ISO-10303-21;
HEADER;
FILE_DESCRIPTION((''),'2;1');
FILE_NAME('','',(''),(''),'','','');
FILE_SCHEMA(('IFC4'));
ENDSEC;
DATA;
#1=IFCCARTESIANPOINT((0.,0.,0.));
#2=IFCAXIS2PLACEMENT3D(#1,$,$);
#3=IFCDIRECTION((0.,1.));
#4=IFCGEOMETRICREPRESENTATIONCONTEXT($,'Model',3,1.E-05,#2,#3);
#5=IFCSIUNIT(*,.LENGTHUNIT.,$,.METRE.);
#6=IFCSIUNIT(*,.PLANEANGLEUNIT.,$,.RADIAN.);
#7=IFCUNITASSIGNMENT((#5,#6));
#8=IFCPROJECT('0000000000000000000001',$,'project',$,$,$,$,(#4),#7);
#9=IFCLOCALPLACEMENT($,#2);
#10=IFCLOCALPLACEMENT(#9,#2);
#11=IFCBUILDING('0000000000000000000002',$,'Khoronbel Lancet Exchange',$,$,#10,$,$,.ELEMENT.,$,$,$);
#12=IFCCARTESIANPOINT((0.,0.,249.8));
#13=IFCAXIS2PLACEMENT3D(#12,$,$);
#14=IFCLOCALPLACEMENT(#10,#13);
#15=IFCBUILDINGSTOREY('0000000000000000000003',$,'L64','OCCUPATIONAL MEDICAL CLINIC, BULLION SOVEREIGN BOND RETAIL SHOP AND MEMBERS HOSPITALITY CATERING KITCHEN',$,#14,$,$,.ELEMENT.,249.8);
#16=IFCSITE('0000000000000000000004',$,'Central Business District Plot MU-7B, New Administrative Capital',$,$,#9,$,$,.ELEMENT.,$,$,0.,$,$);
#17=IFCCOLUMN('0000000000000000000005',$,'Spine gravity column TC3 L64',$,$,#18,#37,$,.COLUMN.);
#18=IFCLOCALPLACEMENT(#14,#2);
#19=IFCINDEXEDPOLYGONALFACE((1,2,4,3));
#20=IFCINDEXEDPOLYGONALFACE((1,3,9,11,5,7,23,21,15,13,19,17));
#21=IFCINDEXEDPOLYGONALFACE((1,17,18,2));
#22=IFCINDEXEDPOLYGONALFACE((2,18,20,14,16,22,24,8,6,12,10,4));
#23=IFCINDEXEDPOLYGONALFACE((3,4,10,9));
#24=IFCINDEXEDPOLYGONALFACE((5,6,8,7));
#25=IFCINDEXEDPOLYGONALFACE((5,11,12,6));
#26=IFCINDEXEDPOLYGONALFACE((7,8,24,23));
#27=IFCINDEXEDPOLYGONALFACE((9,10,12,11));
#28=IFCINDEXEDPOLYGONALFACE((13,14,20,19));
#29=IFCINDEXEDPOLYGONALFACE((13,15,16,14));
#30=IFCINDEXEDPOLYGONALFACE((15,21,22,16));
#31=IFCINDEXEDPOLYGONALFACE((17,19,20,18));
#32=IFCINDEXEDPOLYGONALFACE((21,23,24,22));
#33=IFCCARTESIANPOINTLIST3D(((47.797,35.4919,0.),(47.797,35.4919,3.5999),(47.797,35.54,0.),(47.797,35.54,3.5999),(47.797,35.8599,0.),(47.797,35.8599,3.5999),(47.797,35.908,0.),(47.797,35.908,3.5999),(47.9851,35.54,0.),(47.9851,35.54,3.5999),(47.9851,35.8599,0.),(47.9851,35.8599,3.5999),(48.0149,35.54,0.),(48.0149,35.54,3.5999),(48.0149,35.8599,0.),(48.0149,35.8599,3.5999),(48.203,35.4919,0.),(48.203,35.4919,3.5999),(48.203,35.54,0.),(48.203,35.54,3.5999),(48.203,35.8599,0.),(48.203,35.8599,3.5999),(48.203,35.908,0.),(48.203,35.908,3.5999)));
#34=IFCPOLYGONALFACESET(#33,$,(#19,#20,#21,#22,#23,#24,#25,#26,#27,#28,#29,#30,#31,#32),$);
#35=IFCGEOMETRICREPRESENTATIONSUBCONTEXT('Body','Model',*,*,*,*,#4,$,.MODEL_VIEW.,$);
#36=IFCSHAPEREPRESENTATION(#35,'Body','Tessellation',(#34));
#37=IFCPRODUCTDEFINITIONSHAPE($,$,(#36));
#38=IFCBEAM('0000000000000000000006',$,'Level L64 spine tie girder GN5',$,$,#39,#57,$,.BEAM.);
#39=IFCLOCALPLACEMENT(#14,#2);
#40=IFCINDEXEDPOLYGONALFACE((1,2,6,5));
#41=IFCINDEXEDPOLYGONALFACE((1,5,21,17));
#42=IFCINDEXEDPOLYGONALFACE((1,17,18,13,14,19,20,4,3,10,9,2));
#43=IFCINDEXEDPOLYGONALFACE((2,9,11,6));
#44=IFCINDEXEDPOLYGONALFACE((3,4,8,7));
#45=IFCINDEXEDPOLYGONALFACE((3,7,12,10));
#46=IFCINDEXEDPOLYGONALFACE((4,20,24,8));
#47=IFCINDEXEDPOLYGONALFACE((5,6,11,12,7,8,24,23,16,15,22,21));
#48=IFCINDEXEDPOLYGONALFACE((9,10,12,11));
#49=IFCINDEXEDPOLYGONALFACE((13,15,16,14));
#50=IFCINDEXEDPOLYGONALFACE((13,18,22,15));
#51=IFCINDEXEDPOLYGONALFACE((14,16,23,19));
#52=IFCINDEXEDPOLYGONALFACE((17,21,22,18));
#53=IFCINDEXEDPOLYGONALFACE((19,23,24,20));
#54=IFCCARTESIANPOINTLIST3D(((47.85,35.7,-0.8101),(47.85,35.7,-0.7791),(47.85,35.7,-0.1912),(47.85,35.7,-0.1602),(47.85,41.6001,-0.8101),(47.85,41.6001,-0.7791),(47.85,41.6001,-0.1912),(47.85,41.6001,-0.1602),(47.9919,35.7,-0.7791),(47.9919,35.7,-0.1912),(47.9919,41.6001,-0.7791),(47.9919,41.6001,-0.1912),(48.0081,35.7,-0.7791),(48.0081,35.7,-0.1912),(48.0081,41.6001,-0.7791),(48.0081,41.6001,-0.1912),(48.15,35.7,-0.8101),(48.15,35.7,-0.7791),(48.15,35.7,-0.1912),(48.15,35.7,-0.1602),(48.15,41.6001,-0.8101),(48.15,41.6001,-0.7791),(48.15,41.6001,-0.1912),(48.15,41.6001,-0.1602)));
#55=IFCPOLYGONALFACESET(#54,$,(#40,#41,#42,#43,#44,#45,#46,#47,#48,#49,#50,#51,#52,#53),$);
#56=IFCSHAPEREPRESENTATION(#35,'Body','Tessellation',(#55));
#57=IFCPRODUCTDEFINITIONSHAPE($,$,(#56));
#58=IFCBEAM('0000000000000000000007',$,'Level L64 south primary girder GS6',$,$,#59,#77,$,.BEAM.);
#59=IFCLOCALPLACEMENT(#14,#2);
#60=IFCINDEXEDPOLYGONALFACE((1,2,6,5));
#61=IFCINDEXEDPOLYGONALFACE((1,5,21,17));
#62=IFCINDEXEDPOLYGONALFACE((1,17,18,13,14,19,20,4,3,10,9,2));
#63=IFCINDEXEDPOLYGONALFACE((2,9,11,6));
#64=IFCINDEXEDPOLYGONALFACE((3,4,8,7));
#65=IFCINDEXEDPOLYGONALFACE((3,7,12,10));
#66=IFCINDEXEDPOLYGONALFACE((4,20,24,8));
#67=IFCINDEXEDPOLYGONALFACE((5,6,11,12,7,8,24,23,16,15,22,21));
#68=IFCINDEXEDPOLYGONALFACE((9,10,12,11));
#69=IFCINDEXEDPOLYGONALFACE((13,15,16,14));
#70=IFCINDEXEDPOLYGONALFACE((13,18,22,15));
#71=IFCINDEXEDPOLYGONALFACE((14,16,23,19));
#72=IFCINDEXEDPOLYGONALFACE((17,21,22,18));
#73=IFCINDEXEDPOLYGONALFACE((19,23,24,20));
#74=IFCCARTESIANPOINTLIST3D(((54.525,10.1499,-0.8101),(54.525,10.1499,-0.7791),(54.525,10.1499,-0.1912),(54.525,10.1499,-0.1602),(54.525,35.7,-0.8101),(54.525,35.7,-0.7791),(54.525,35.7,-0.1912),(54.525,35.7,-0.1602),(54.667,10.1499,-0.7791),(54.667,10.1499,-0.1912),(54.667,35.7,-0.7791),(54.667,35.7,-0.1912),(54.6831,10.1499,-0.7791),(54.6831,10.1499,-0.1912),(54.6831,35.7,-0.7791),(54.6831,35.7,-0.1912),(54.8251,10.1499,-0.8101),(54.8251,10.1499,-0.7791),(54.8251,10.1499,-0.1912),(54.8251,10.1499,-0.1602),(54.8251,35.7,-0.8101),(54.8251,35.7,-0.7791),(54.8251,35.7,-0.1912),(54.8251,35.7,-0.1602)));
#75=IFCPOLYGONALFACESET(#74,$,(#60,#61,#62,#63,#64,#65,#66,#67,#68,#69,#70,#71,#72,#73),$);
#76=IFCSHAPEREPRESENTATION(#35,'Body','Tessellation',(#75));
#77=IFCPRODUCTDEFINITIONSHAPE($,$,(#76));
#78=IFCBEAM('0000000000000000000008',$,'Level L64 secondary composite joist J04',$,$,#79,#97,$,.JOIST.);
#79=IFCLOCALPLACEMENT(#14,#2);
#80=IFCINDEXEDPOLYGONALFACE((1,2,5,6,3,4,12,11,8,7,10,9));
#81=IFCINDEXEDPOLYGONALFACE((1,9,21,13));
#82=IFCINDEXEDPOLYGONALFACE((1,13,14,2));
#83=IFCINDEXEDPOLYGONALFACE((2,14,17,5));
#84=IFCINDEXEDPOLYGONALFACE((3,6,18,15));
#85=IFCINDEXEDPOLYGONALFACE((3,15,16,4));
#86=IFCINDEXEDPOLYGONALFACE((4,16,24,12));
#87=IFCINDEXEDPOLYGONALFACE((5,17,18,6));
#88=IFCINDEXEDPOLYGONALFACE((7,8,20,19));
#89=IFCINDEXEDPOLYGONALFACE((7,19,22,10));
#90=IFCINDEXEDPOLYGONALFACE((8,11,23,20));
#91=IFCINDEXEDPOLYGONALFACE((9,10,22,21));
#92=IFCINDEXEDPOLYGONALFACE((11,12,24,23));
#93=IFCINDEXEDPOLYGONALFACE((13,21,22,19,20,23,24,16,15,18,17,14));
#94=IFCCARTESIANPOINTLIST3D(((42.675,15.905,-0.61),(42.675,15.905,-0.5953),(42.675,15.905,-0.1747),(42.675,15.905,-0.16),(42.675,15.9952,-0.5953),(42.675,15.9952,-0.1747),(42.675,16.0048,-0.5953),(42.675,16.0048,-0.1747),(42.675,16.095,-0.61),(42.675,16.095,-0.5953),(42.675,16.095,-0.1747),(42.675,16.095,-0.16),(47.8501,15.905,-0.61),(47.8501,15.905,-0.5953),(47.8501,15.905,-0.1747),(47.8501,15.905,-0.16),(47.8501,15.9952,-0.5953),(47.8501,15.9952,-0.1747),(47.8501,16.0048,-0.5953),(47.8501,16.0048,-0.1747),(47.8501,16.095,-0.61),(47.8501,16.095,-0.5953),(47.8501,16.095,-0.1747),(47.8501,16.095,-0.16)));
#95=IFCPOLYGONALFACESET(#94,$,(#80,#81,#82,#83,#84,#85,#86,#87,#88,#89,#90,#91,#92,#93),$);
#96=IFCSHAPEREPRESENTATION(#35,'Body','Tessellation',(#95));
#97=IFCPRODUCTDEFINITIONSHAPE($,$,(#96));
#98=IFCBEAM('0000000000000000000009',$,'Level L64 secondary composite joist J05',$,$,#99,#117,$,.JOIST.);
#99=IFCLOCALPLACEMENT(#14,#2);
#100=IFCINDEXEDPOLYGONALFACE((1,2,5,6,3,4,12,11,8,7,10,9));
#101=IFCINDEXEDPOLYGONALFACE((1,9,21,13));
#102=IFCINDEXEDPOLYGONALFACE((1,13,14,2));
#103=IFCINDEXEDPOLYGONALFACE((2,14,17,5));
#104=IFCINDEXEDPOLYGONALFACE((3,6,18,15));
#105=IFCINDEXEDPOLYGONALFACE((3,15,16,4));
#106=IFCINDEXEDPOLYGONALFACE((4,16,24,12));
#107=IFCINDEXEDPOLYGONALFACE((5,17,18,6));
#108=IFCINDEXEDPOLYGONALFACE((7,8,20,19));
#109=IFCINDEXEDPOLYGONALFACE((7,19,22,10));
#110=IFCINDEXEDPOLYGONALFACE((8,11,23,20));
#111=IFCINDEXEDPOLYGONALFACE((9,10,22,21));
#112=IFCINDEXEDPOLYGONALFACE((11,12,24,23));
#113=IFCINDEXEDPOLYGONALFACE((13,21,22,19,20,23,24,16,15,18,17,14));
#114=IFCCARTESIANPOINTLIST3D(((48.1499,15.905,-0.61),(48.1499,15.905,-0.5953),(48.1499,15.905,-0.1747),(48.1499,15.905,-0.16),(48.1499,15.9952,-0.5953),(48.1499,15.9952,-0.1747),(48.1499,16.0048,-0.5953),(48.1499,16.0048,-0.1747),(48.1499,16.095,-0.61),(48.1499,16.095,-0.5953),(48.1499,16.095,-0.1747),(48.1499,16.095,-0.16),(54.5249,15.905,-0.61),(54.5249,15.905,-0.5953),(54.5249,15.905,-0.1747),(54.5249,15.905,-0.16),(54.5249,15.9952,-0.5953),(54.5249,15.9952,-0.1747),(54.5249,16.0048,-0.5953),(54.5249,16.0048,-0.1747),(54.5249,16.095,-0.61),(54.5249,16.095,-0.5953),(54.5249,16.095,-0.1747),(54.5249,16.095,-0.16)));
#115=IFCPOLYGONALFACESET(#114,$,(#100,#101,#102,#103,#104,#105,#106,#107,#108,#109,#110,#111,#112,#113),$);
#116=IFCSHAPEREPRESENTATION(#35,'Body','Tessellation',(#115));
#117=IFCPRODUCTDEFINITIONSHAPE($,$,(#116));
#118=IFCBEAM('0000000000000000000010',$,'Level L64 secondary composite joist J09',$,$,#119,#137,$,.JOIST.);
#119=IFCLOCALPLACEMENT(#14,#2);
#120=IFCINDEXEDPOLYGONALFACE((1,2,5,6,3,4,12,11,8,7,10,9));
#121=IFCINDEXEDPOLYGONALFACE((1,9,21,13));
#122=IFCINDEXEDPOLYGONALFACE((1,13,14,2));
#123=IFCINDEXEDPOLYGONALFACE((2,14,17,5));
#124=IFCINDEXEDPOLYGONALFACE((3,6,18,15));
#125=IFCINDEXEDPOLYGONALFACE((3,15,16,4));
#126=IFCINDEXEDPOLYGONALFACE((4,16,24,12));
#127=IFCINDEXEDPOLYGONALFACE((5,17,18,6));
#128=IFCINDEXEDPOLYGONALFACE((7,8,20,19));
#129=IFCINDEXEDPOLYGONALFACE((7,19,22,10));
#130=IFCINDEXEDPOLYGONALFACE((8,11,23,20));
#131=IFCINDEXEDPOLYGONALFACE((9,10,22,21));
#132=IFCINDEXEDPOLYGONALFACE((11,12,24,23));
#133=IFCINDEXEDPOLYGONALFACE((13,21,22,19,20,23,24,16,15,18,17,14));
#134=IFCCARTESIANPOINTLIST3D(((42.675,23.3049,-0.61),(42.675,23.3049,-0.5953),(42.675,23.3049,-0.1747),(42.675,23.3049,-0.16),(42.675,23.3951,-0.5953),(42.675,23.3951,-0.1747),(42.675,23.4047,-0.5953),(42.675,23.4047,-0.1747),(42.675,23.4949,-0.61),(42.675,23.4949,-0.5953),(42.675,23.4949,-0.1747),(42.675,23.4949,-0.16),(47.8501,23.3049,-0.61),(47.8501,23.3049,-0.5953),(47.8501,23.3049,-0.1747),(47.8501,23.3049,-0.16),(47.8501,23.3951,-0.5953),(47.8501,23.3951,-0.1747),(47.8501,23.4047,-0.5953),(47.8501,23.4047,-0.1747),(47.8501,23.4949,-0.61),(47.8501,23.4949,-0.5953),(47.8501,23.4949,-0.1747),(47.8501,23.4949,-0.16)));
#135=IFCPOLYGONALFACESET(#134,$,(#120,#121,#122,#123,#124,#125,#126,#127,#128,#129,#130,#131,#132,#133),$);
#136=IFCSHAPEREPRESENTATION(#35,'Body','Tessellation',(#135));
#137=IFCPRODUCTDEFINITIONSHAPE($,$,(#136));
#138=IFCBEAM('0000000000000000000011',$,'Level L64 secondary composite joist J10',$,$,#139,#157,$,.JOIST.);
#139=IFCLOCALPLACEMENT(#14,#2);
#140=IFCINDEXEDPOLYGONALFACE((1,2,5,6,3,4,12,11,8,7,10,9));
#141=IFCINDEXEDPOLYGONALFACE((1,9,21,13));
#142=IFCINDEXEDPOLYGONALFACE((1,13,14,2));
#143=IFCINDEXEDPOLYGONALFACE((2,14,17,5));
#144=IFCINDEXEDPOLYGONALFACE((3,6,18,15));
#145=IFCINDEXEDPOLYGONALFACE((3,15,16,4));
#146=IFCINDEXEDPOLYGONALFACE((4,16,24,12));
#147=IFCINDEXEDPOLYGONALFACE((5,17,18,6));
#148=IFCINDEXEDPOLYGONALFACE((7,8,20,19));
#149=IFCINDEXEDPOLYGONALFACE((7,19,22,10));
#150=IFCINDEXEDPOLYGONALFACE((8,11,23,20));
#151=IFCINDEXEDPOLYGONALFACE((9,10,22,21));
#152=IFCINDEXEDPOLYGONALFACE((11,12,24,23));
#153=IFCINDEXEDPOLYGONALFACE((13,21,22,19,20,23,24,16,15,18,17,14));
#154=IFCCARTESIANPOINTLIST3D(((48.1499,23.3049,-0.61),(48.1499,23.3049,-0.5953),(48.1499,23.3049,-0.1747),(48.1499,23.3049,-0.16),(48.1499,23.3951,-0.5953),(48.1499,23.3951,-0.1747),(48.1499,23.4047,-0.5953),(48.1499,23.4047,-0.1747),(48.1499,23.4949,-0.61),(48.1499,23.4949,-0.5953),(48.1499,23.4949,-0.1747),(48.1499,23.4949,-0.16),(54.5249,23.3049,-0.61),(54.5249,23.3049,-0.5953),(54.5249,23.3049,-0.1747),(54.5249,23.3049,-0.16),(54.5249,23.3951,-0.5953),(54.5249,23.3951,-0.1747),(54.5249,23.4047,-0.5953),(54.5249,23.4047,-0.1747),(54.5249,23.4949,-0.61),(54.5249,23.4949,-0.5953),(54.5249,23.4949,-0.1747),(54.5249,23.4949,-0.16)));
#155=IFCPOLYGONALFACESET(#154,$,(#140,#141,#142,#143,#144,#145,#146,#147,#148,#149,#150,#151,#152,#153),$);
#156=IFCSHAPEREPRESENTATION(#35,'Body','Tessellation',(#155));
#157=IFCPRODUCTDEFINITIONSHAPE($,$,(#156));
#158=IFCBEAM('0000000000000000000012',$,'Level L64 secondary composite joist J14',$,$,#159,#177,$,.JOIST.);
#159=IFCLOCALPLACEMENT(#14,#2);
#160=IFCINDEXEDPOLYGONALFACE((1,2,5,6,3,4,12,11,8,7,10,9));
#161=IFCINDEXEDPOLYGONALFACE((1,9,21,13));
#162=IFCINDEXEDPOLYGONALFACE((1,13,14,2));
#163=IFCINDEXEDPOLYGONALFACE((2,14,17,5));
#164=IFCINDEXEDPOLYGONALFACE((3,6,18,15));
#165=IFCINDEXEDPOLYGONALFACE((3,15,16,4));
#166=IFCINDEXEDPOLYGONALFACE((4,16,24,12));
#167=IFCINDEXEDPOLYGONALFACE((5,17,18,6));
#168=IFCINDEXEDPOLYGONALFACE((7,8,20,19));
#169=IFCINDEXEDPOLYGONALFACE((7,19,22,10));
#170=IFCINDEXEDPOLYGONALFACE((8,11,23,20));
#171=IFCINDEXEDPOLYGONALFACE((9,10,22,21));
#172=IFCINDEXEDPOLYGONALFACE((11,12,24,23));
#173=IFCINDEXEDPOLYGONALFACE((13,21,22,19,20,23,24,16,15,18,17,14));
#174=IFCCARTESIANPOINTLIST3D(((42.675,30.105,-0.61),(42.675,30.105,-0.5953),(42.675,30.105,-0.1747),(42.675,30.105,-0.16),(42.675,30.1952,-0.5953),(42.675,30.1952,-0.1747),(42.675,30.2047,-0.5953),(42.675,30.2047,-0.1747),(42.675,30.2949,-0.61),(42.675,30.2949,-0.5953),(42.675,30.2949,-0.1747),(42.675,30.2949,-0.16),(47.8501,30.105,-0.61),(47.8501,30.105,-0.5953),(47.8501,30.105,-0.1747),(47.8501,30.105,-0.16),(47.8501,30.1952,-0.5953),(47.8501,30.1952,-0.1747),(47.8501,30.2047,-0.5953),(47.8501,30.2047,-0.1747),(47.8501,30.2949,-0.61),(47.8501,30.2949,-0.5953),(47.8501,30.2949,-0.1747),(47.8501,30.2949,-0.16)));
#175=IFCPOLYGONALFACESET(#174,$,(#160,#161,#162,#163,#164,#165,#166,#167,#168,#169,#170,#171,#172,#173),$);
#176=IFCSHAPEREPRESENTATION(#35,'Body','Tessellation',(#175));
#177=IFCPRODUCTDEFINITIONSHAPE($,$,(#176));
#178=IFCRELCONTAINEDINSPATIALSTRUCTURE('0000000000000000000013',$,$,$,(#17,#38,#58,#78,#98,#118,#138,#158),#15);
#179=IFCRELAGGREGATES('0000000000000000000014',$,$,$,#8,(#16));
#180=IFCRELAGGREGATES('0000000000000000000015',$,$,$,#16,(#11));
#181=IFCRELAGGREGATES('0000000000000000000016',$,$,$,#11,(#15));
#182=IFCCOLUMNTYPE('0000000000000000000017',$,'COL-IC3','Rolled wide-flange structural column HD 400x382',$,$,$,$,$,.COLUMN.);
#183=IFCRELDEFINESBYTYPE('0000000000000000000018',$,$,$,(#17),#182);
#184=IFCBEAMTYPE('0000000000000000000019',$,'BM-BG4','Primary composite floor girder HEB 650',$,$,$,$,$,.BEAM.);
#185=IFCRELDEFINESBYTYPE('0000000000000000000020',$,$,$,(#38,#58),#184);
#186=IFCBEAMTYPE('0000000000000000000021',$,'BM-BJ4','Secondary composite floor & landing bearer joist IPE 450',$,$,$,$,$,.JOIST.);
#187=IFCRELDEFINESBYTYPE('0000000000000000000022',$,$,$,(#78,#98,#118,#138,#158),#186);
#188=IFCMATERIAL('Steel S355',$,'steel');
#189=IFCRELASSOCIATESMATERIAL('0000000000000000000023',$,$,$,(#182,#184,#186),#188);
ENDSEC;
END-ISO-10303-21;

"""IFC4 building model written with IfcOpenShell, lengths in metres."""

from ifc_helpers import new_model, si_unit, direction, frame, origin, origin_2d, place, context, subcontext, project, spatial, i_section, extrude, material, material_profile, profile_set, type_object, element, save


model = new_model("IFC4")

# Units and contexts
model_context = context("Model", 3, precision=1e-05, world=origin(), true_north=direction((0.0, 1.0)))
body_context = subcontext(model_context, "Body", "Model", "MODEL_VIEW")
ifc_project = project(units=[si_unit("LENGTHUNIT", "METRE"), si_unit("PLANEANGLEUNIT", "RADIAN")], contexts=[model_context])

# Site, building, storey
site_placement = place(None, origin())
site = spatial("IfcSite", under=ifc_project, at=site_placement, Name="Central Business District Plot MU-7B, New Administrative Capital", CompositionType="ELEMENT", RefElevation=0.0)
building_placement = place(site_placement, origin())
building = spatial("IfcBuilding", under=site, at=building_placement, Name="Khoronbel Lancet Exchange", CompositionType="ELEMENT")
storey_placement = place(building_placement, frame((0.0, 0.0, 249.8)))
storey = spatial("IfcBuildingStorey", under=building, at=storey_placement, Name="L64", Description="OCCUPATIONAL MEDICAL CLINIC, BULLION SOVEREIGN BOND RETAIL SHOP AND MEMBERS HOSPITALITY CATERING KITCHEN", CompositionType="ELEMENT", Elevation=249.8)

# Column
ifc_material_1 = material(Name="Steel S355", Category="steel")
ifc_material_profile_1 = material_profile(ifc_material_1, i_section(OverallWidth=0.406, OverallDepth=0.416, WebThickness=0.0298, FlangeThickness=0.0481, at=origin_2d()), Name="HD 400x382")
ifc_profile_set_1 = profile_set([ifc_material_profile_1], Name="Steel S355")
column_type = type_object("IfcColumnType", Name="COL-IC3", Description="Rolled wide-flange structural column HD 400x382", PredefinedType="COLUMN", material=ifc_profile_set_1)
column_placement = place(storey_placement, frame((48.0, 35.7, 0.0), z_axis=(0.0, 0.0, 1.0), x_axis=(1.0, 0.0, 0.0)))
element("IfcColumn", 1, at=column_placement, inside=storey, type_object=column_type, Name="Spine gravity column TC3 L64", PredefinedType="COLUMN", context=body_context, shape_type="SweptSolid", body=[
    extrude(i_section(OverallWidth=0.406, OverallDepth=0.416, WebThickness=0.0298, FlangeThickness=0.0481, at=origin_2d()), origin(), (0.0, 0.0, 1.0), 3.5999),
])

# Beams
ifc_material_profile_2 = material_profile(ifc_material_1, i_section(OverallWidth=0.3, OverallDepth=0.6499, WebThickness=0.0161, FlangeThickness=0.031, at=origin_2d()), Name="HEB 650")
ifc_profile_set_2 = profile_set([ifc_material_profile_2], Name="Steel S355")
beam_type_1 = type_object("IfcBeamType", Name="BM-BG4", Description="Primary composite floor girder HEB 650", PredefinedType="BEAM", material=ifc_profile_set_2)
beam_1_placement = place(storey_placement, frame((48.0, 35.7, -0.4851), z_axis=(0.0, 1.0, 0.0), x_axis=(-1.0, 0.0, 0.0)))
element("IfcBeam", 2, at=beam_1_placement, inside=storey, type_object=beam_type_1, Name="Level L64 spine tie girder GN5", PredefinedType="BEAM", context=body_context, shape_type="SweptSolid", body=[
    extrude(i_section(OverallWidth=0.3, OverallDepth=0.6499, WebThickness=0.0161, FlangeThickness=0.031, at=origin_2d()), origin(), (0.0, 0.0, 1.0), 5.9001),
])
beam_2_placement = place(storey_placement, frame((54.675, 10.1499, -0.4851), z_axis=(0.0, 1.0, 0.0), x_axis=(-1.0, 0.0, 0.0)))
element("IfcBeam", 3, at=beam_2_placement, inside=storey, type_object=beam_type_1, Name="Level L64 south primary girder GS6", PredefinedType="BEAM", context=body_context, shape_type="SweptSolid", body=[
    extrude(i_section(OverallWidth=0.3, OverallDepth=0.6499, WebThickness=0.0161, FlangeThickness=0.031, at=origin_2d()), origin(), (0.0, 0.0, 1.0), 25.55),
])
ifc_material_profile_3 = material_profile(ifc_material_1, i_section(OverallWidth=0.1899, OverallDepth=0.45, WebThickness=0.0095, FlangeThickness=0.0146, at=origin_2d()), Name="IPE 450")
ifc_profile_set_3 = profile_set([ifc_material_profile_3], Name="Steel S355")
beam_type_2 = type_object("IfcBeamType", Name="BM-BJ4", Description="Secondary composite floor & landing bearer joist IPE 450", PredefinedType="JOIST", material=ifc_profile_set_3)
beam_3_placement = place(storey_placement, frame((42.675, 16.0, -0.385), z_axis=(1.0, 0.0, 0.0), x_axis=(0.0, 1.0, 0.0)))
element("IfcBeam", 4, at=beam_3_placement, inside=storey, type_object=beam_type_2, Name="Level L64 secondary composite joist J04", PredefinedType="JOIST", context=body_context, shape_type="SweptSolid", body=[
    extrude(i_section(OverallWidth=0.1899, OverallDepth=0.45, WebThickness=0.0095, FlangeThickness=0.0146, at=origin_2d()), origin(), (0.0, 0.0, 1.0), 5.175),
])
beam_4_placement = place(storey_placement, frame((48.1499, 16.0, -0.385), z_axis=(1.0, 0.0, 0.0), x_axis=(0.0, 1.0, 0.0)))
element("IfcBeam", 5, at=beam_4_placement, inside=storey, type_object=beam_type_2, Name="Level L64 secondary composite joist J05", PredefinedType="JOIST", context=body_context, shape_type="SweptSolid", body=[
    extrude(i_section(OverallWidth=0.1899, OverallDepth=0.45, WebThickness=0.0095, FlangeThickness=0.0146, at=origin_2d()), origin(), (0.0, 0.0, 1.0), 6.375),
])
beam_5_placement = place(storey_placement, frame((42.675, 23.3999, -0.385), z_axis=(1.0, 0.0, 0.0), x_axis=(0.0, 1.0, 0.0)))
element("IfcBeam", 6, at=beam_5_placement, inside=storey, type_object=beam_type_2, Name="Level L64 secondary composite joist J09", PredefinedType="JOIST", context=body_context, shape_type="SweptSolid", body=[
    extrude(i_section(OverallWidth=0.1899, OverallDepth=0.45, WebThickness=0.0095, FlangeThickness=0.0146, at=origin_2d()), origin(), (0.0, 0.0, 1.0), 5.175),
])
beam_6_placement = place(storey_placement, frame((48.1499, 23.3999, -0.385), z_axis=(1.0, 0.0, 0.0), x_axis=(0.0, 1.0, 0.0)))
element("IfcBeam", 7, at=beam_6_placement, inside=storey, type_object=beam_type_2, Name="Level L64 secondary composite joist J10", PredefinedType="JOIST", context=body_context, shape_type="SweptSolid", body=[
    extrude(i_section(OverallWidth=0.1899, OverallDepth=0.45, WebThickness=0.0095, FlangeThickness=0.0146, at=origin_2d()), origin(), (0.0, 0.0, 1.0), 6.375),
])
beam_7_placement = place(storey_placement, frame((42.675, 30.2, -0.385), z_axis=(1.0, 0.0, 0.0), x_axis=(0.0, 1.0, 0.0)))
element("IfcBeam", 8, at=beam_7_placement, inside=storey, type_object=beam_type_2, Name="Level L64 secondary composite joist J14", PredefinedType="JOIST", context=body_context, shape_type="SweptSolid", body=[
    extrude(i_section(OverallWidth=0.1899, OverallDepth=0.45, WebThickness=0.0095, FlangeThickness=0.0146, at=origin_2d()), origin(), (0.0, 0.0, 1.0), 5.175),
])

save(model, "model.ifc")
